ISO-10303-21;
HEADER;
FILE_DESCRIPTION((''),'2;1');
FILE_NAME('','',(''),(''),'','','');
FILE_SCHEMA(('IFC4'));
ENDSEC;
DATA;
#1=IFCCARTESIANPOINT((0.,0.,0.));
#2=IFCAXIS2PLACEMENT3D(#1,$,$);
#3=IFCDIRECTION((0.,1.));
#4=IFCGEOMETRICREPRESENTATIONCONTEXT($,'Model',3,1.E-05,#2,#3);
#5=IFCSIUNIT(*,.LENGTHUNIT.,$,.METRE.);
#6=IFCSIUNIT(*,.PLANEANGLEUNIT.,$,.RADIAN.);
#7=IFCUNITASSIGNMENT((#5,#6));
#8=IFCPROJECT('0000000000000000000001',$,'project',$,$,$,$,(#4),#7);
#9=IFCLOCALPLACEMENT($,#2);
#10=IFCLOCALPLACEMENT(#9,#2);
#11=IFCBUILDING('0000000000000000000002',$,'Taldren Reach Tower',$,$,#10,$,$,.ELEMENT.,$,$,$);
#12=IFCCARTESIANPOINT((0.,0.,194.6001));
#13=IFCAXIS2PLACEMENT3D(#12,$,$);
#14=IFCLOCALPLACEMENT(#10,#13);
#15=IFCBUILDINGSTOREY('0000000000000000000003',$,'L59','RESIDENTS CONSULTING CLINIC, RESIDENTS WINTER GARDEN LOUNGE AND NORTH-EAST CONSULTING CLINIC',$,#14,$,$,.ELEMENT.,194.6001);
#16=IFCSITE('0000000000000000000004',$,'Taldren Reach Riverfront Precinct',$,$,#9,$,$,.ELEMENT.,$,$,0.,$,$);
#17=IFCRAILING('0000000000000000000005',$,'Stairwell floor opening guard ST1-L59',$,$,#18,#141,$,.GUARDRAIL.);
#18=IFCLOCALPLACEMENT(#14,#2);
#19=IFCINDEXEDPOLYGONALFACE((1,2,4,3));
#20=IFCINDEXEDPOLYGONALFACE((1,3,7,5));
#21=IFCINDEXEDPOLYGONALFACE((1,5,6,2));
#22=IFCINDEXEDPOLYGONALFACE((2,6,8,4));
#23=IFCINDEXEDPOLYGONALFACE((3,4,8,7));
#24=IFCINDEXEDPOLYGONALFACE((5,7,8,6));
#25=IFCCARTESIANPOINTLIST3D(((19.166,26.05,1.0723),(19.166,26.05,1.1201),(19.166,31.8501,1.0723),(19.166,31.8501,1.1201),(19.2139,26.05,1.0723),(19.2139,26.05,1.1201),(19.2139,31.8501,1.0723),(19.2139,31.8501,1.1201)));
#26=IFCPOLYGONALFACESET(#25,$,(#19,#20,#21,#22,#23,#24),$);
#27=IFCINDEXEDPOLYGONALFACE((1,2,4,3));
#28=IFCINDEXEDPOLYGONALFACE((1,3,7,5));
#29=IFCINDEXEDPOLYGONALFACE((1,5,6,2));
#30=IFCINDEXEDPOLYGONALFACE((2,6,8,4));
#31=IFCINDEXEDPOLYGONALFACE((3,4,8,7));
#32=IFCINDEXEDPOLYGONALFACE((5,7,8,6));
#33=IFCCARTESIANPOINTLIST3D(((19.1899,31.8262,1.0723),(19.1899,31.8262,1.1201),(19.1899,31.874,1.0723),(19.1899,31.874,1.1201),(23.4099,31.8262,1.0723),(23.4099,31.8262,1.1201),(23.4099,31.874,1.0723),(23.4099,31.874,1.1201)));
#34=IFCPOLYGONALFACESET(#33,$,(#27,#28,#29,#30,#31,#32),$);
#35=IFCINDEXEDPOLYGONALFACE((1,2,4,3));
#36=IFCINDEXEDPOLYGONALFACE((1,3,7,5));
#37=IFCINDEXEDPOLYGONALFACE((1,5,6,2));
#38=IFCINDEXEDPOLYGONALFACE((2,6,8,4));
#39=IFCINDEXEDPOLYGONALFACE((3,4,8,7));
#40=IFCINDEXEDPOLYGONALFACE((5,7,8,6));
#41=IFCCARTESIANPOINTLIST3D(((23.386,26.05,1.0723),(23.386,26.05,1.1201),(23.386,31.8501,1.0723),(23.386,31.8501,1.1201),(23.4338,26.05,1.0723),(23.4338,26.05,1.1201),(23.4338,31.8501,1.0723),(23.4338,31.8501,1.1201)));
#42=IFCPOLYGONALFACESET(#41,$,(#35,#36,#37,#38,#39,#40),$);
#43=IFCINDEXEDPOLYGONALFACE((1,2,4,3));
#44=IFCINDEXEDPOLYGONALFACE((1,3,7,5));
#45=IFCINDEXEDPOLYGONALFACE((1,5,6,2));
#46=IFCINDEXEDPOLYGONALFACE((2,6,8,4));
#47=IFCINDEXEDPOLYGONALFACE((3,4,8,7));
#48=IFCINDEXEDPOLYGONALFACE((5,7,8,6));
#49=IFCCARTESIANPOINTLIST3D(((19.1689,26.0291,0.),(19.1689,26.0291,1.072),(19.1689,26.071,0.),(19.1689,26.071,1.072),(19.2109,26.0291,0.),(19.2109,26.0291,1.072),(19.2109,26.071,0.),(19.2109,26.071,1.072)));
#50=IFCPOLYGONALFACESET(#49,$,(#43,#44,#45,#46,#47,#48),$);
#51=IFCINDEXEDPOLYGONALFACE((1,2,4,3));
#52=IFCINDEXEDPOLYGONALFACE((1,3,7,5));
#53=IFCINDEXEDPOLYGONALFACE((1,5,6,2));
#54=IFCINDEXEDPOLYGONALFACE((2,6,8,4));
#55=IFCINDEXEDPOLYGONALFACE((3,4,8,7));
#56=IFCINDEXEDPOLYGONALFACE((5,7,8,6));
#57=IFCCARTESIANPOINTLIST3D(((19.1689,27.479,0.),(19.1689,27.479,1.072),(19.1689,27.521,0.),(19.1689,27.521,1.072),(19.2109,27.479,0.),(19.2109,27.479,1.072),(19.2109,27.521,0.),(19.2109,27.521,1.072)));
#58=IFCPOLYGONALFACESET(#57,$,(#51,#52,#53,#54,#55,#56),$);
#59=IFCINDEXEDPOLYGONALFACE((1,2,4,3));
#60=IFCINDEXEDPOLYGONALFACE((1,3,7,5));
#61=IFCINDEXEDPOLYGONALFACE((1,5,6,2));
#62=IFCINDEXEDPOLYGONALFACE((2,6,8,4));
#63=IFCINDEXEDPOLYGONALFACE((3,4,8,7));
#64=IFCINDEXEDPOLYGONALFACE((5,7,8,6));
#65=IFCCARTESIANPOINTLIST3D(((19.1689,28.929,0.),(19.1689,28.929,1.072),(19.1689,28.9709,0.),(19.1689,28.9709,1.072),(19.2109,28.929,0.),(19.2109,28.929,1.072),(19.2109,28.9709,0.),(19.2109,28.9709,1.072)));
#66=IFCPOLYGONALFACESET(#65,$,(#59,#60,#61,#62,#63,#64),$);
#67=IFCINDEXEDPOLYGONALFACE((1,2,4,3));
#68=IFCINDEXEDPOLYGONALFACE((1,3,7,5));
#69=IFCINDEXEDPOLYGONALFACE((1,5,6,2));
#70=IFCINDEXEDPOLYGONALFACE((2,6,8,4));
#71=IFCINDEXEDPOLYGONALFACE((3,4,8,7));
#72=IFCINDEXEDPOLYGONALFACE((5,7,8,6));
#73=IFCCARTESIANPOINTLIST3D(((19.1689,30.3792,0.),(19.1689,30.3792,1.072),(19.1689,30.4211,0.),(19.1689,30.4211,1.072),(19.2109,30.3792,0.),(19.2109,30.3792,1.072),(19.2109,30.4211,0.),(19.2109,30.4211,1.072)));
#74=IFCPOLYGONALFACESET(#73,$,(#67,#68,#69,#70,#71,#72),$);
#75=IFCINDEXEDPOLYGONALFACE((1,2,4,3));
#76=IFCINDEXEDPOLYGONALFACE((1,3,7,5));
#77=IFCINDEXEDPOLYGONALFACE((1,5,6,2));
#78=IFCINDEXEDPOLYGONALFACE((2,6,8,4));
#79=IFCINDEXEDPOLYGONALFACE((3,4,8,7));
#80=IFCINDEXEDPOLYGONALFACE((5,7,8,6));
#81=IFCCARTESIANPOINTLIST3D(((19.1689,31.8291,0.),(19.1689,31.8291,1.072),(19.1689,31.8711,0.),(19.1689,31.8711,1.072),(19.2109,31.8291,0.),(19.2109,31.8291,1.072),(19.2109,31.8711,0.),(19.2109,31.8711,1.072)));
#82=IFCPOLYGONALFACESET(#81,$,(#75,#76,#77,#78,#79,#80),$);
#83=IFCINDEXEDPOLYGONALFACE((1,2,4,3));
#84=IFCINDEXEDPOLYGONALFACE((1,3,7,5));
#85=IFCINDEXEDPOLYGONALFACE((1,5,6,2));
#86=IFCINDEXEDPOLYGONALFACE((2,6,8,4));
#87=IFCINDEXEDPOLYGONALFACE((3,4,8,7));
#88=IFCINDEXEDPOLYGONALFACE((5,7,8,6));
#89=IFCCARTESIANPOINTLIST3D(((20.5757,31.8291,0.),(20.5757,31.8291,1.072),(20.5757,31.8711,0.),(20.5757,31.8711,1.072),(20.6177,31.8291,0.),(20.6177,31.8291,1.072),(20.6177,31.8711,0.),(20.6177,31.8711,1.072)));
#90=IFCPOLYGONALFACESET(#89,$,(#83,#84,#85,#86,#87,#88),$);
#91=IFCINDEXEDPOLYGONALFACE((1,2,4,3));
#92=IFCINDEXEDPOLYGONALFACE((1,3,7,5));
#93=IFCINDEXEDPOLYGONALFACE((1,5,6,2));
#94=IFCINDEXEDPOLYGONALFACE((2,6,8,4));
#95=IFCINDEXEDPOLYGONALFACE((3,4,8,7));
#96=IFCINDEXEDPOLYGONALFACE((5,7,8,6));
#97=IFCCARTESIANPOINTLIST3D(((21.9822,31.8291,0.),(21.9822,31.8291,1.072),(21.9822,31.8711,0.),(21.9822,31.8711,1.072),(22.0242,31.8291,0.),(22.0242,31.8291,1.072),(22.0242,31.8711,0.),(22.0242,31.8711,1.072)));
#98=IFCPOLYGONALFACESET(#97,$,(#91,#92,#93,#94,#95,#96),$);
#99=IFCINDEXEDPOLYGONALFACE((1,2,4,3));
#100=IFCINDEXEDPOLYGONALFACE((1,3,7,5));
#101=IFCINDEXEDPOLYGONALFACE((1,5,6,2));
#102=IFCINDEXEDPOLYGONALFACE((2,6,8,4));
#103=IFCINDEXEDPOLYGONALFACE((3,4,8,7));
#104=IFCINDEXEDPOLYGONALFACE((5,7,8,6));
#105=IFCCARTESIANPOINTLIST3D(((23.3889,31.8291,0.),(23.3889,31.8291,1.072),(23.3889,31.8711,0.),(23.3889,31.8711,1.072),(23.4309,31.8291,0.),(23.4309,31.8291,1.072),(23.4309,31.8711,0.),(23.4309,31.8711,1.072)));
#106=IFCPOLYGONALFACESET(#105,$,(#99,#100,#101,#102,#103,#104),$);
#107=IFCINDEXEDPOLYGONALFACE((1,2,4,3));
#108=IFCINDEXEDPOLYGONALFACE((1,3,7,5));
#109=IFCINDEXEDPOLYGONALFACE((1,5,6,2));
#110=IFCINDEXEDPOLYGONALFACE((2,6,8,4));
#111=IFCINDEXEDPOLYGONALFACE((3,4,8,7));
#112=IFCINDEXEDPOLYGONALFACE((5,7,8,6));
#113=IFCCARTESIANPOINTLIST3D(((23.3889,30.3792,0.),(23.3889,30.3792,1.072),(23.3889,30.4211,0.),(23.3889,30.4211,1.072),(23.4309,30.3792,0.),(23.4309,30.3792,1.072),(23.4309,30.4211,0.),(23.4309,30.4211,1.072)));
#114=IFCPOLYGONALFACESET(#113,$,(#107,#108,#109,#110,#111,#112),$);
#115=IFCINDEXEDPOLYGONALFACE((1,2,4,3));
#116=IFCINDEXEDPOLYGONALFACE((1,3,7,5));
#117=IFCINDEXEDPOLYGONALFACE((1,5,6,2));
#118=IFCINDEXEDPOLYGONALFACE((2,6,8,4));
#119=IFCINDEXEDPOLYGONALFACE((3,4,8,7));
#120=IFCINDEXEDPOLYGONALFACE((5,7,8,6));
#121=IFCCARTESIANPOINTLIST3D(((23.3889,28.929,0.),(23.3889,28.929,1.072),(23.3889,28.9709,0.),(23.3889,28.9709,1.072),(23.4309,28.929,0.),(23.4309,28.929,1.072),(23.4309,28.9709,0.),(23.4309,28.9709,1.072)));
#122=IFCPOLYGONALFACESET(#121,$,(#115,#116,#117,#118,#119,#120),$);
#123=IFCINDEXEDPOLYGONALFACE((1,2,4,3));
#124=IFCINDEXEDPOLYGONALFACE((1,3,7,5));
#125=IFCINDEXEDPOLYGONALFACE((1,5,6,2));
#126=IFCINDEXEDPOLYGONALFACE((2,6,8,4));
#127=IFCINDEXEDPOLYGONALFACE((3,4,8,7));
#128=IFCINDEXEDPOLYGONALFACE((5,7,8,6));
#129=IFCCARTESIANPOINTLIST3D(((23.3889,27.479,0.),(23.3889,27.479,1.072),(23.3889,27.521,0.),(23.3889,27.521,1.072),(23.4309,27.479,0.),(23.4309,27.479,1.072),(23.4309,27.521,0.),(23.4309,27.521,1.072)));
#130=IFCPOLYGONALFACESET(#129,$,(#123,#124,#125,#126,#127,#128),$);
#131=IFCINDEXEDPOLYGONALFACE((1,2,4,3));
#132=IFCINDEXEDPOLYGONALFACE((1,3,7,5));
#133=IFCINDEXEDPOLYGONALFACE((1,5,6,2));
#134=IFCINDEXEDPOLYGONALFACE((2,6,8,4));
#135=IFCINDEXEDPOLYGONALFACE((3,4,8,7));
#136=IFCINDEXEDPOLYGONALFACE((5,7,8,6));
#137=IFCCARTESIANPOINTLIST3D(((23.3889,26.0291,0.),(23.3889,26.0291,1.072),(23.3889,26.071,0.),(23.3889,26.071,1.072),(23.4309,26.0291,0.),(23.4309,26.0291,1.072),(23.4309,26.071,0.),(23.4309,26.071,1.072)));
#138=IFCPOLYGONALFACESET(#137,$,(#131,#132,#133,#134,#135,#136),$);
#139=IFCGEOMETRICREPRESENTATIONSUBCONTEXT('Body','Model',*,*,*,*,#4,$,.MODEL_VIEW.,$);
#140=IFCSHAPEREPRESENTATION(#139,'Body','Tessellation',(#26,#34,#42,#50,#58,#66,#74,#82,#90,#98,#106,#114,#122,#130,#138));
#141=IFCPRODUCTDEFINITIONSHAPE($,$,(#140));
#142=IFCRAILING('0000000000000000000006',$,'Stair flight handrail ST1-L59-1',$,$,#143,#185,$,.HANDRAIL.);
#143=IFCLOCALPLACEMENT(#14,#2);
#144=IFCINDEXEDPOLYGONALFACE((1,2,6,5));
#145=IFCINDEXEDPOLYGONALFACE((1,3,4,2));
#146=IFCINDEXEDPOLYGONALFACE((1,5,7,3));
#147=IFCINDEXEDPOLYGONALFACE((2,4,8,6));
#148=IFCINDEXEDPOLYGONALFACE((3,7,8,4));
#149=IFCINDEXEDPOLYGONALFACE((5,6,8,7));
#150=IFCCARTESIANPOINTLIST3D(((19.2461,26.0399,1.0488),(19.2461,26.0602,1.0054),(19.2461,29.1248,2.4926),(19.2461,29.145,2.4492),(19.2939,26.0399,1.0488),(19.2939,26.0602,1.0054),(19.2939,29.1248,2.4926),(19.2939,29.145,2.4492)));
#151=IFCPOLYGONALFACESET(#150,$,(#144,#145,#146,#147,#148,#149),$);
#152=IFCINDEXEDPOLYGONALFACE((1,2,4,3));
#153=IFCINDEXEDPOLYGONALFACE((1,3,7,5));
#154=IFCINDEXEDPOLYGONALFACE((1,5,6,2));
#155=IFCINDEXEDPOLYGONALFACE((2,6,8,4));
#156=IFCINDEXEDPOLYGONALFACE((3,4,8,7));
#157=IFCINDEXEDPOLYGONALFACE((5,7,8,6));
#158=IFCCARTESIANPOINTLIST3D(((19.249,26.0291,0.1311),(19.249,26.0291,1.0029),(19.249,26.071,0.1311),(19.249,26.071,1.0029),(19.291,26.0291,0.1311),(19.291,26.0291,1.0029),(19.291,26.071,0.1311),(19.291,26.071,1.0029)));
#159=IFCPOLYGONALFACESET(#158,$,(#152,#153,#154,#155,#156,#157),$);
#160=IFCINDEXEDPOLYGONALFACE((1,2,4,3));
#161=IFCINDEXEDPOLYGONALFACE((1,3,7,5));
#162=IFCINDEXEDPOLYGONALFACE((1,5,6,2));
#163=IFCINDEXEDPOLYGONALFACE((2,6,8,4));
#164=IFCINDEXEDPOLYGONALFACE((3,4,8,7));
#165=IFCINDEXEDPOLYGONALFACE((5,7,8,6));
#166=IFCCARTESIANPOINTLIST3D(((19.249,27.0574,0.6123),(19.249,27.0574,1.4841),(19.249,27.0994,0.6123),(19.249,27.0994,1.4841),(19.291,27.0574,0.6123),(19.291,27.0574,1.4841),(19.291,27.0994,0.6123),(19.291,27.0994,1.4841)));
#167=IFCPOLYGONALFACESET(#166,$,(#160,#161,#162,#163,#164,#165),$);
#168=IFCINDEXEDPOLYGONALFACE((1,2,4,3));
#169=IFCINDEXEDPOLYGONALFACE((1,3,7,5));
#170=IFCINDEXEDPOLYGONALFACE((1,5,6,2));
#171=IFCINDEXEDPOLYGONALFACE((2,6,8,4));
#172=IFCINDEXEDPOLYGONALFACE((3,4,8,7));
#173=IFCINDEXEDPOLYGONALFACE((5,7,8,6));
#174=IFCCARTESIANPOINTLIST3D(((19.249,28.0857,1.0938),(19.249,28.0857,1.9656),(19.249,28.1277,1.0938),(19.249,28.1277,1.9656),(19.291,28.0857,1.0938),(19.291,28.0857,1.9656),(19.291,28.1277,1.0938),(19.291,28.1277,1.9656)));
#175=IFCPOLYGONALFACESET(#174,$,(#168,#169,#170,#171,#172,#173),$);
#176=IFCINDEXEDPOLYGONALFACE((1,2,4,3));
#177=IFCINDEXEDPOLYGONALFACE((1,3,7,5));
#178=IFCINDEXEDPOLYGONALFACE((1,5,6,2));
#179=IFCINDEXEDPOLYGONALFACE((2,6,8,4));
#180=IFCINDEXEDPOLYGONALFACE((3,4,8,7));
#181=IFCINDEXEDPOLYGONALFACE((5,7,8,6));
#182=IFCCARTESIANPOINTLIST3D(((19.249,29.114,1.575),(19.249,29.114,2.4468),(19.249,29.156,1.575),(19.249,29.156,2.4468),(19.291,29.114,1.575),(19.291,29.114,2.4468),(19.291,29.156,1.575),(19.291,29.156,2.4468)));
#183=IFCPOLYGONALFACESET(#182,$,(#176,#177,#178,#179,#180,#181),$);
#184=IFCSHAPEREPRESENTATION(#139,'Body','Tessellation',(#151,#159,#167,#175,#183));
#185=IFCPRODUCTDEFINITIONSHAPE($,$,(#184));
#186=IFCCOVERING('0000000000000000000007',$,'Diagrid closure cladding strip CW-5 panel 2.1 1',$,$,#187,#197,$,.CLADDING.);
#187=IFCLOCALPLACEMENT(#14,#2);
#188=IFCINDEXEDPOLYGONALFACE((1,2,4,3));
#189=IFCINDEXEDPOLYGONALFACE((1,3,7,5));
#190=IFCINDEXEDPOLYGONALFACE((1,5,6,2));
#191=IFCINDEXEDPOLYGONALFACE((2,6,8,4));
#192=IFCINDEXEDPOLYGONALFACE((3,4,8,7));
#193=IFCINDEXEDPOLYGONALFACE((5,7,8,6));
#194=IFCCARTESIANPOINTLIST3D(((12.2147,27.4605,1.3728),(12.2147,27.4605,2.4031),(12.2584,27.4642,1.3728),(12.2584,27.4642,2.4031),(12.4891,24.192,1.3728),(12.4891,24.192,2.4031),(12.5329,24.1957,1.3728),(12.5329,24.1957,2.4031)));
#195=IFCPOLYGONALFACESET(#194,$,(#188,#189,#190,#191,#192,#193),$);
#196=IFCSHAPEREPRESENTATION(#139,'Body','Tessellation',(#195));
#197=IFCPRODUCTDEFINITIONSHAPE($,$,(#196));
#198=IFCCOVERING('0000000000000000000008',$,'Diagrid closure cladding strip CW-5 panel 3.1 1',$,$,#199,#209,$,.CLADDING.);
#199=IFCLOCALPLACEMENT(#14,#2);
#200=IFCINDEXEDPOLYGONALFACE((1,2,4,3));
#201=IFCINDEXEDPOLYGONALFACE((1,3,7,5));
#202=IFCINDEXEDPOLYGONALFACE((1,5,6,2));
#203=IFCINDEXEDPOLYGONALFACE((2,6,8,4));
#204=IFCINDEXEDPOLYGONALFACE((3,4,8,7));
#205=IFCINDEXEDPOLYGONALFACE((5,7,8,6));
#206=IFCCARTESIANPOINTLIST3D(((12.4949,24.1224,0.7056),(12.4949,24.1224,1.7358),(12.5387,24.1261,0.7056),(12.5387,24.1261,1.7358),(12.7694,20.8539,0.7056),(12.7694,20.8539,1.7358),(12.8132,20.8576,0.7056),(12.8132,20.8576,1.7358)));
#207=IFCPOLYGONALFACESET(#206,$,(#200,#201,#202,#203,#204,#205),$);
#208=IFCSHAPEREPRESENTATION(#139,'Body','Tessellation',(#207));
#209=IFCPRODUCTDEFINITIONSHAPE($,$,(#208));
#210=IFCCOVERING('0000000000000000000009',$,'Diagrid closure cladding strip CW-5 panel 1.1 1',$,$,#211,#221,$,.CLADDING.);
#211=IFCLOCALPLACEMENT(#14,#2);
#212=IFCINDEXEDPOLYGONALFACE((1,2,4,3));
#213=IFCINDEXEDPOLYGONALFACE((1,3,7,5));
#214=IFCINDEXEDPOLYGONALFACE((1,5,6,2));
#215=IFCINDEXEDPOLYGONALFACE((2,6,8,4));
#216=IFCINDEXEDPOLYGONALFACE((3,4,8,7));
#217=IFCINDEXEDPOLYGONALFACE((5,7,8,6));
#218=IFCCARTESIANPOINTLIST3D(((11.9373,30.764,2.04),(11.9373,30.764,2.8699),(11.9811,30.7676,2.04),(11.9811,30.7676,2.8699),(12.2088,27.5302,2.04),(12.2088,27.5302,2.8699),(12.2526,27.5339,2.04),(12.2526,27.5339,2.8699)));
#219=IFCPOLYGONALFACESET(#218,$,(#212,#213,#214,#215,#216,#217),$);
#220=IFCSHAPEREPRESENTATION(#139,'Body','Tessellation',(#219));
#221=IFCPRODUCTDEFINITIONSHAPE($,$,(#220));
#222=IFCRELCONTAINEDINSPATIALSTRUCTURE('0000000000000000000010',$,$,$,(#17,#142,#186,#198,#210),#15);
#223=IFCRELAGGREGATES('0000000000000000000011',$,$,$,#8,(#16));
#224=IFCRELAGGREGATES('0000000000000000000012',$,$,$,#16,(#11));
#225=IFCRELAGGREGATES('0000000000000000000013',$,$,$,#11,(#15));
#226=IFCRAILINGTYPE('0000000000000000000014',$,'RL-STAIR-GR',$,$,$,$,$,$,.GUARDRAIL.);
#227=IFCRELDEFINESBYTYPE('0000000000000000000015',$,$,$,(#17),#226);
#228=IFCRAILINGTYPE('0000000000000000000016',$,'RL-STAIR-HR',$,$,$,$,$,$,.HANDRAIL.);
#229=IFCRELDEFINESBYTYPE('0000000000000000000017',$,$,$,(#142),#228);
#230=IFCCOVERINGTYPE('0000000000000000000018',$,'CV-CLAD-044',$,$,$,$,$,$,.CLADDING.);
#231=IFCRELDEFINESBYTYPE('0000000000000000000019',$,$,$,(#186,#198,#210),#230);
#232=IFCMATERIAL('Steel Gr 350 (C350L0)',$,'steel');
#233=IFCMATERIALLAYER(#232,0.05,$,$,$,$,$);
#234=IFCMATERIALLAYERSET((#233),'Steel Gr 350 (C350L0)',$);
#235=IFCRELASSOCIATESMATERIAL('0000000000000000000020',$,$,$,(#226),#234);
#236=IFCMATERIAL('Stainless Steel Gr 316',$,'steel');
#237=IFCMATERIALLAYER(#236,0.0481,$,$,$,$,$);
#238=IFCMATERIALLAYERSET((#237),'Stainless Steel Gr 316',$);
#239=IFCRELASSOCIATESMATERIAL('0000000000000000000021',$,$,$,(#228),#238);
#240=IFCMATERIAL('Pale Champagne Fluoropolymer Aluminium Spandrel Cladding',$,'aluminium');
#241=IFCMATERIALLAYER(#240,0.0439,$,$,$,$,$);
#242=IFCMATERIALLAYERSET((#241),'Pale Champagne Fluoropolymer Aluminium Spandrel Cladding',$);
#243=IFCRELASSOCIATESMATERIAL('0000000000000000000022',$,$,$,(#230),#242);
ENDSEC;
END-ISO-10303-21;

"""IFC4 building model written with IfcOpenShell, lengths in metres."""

from ifc_helpers import new_model, si_unit, direction, frame, origin, origin_2d, place, context, subcontext, project, spatial, rectangle, extrude, source, transform, mapped, material, layer, layer_set, type_object, element, save


model = new_model("IFC4")

# Units and contexts
model_context = context("Model", 3, precision=1e-05, world=origin(), true_north=direction((0.0, 1.0)))
body_context = subcontext(model_context, "Body", "Model", "MODEL_VIEW")
ifc_project = project(units=[si_unit("LENGTHUNIT", "METRE"), si_unit("PLANEANGLEUNIT", "RADIAN")], contexts=[model_context])

# Site, building, storey
site_placement = place(None, origin())
site = spatial("IfcSite", under=ifc_project, at=site_placement, Name="Taldren Reach Riverfront Precinct", CompositionType="ELEMENT", RefElevation=0.0)
building_placement = place(site_placement, origin())
building = spatial("IfcBuilding", under=site, at=building_placement, Name="Taldren Reach Tower", CompositionType="ELEMENT")
storey_placement = place(building_placement, frame((0.0, 0.0, 194.6001)))
storey = spatial("IfcBuildingStorey", under=building, at=storey_placement, Name="L59", Description="RESIDENTS CONSULTING CLINIC, RESIDENTS WINTER GARDEN LOUNGE AND NORTH-EAST CONSULTING CLINIC", CompositionType="ELEMENT", Elevation=194.6001)

# Shared definitions
ifc_material_1 = material(Name="Steel Gr 350 (C350L0)", Category="steel")

# Railings
ifc_layer_1 = layer(ifc_material_1, 0.05)
ifc_layer_set_1 = layer_set([ifc_layer_1], Name="Steel Gr 350 (C350L0)")
railing_type_1 = type_object("IfcRailingType", Name="RL-STAIR-GR", PredefinedType="GUARDRAIL", material=ifc_layer_set_1)
railing_1_placement = place(storey_placement, frame((19.1899, 26.05, 0.0)))
element("IfcRailing", 1, at=railing_1_placement, inside=storey, type_object=railing_type_1, Name="Stairwell floor opening guard ST1-L59", PredefinedType="GUARDRAIL", context=body_context, shape_type="SweptSolid", body=[
    extrude(rectangle(XDim=0.0479, YDim=0.0479, at=origin_2d()), frame((0.0, 0.0, 1.0962), z_axis=(0.0, 1.0, 0.0), x_axis=(-1.0, 0.0, 0.0)), (0.0, 0.0, 1.0), 5.8),
    extrude(rectangle(XDim=0.0479, YDim=0.0479, at=origin_2d()), frame((0.0, 5.8, 1.0962), z_axis=(1.0, 0.0, 0.0), x_axis=(0.0, 1.0, 0.0)), (0.0, 0.0, 1.0), 4.22),
    extrude(rectangle(XDim=0.0479, YDim=0.0479, at=origin_2d()), frame((4.22, 5.8, 1.0962), z_axis=(0.0, -1.0, 0.0), x_axis=(1.0, 0.0, 0.0)), (0.0, 0.0, 1.0), 5.8),
    extrude(rectangle(XDim=0.042, YDim=0.042, at=origin_2d()), origin(), (0.0, 0.0, 1.0), 1.072),
    extrude(rectangle(XDim=0.042, YDim=0.042, at=origin_2d()), frame((0.0, 1.45, 0.0)), (0.0, 0.0, 1.0), 1.072),
    extrude(rectangle(XDim=0.042, YDim=0.042, at=origin_2d()), frame((0.0, 2.8999, 0.0)), (0.0, 0.0, 1.0), 1.072),
    extrude(rectangle(XDim=0.042, YDim=0.042, at=origin_2d()), frame((0.0, 4.3501, 0.0)), (0.0, 0.0, 1.0), 1.072),
    extrude(rectangle(XDim=0.042, YDim=0.042, at=origin_2d()), frame((0.0, 5.8, 0.0)), (0.0, 0.0, 1.0), 1.072),
    extrude(rectangle(XDim=0.042, YDim=0.042, at=origin_2d()), frame((1.4067, 5.8, 0.0)), (0.0, 0.0, 1.0), 1.072),
    extrude(rectangle(XDim=0.042, YDim=0.042, at=origin_2d()), frame((2.8132, 5.8, 0.0)), (0.0, 0.0, 1.0), 1.072),
    extrude(rectangle(XDim=0.042, YDim=0.042, at=origin_2d()), frame((4.22, 5.8, 0.0)), (0.0, 0.0, 1.0), 1.072),
    extrude(rectangle(XDim=0.042, YDim=0.042, at=origin_2d()), frame((4.22, 4.3501, 0.0)), (0.0, 0.0, 1.0), 1.072),
    extrude(rectangle(XDim=0.042, YDim=0.042, at=origin_2d()), frame((4.22, 2.8999, 0.0)), (0.0, 0.0, 1.0), 1.072),
    extrude(rectangle(XDim=0.042, YDim=0.042, at=origin_2d()), frame((4.22, 1.45, 0.0)), (0.0, 0.0, 1.0), 1.072),
    extrude(rectangle(XDim=0.042, YDim=0.042, at=origin_2d()), frame((4.22, 0.0, 0.0)), (0.0, 0.0, 1.0), 1.072),
])
ifc_material_2 = material(Name="Stainless Steel Gr 316", Category="steel")
ifc_layer_2 = layer(ifc_material_2, 0.0481)
ifc_layer_set_2 = layer_set([ifc_layer_2], Name="Stainless Steel Gr 316")
railing_type_2 = type_object("IfcRailingType", Name="RL-STAIR-HR", PredefinedType="HANDRAIL", material=ifc_layer_set_2)
railing_2_placement = place(storey_placement, frame((19.27, 26.05, 0.1311)))
element("IfcRailing", 2, at=railing_2_placement, inside=storey, type_object=railing_type_2, Name="Stair flight handrail ST1-L59-1", PredefinedType="HANDRAIL", context=body_context, shape_type="SweptSolid", body=[
    extrude(rectangle(XDim=0.0479, YDim=0.0479, at=origin_2d()), frame((0.0, 0.0, 0.896), z_axis=(0.0, 0.90571, 0.423898), x_axis=(-1.0, 0.0, 0.0)), (0.0, 0.0, 1.0), 3.406),
    extrude(rectangle(XDim=0.042, YDim=0.042, at=origin_2d()), origin(), (0.0, 0.0, 1.0), 0.8718),
    extrude(rectangle(XDim=0.042, YDim=0.042, at=origin_2d()), frame((0.0, 1.0283, 0.4812)), (0.0, 0.0, 1.0), 0.8718),
    extrude(rectangle(XDim=0.042, YDim=0.042, at=origin_2d()), frame((0.0, 2.0566, 0.9626)), (0.0, 0.0, 1.0), 0.8718),
    extrude(rectangle(XDim=0.042, YDim=0.042, at=origin_2d()), frame((0.0, 3.085, 1.4438)), (0.0, 0.0, 1.0), 0.8718),
])

# Coverings
ifc_material_3 = material(Name="Pale Champagne Fluoropolymer Aluminium Spandrel Cladding", Category="aluminium")
ifc_layer_3 = layer(ifc_material_3, 0.0439)
ifc_layer_set_3 = layer_set([ifc_layer_3], Name="Pale Champagne Fluoropolymer Aluminium Spandrel Cladding")
covering_type = type_object("IfcCoveringType", Name="CV-CLAD-044", PredefinedType="CLADDING", material=ifc_layer_set_3)
shared_shape_1 = source(origin(), body_context, "Body", "SweptSolid", [
    extrude(rectangle(XDim=3.28, YDim=0.0439, at=origin_2d()), origin(), (0.0, 0.0, 1.0), 1.0303),
])
for number, where, z_axis, x_axis, name in (
    (3, (12.3738, 25.8281, 1.3728), (0.0, 0.0, 1.0), (0.083678, -0.996493, 0.0), "Diagrid closure cladding strip CW-5 panel 2.1 1"),
    (4, (12.6541, 22.49, 0.7056), (0.0, 0.0, 1.0), (0.083678, -0.996493, 0.0), "Diagrid closure cladding strip CW-5 panel 3.1 1"),
):
    element("IfcCovering", number, at=place(storey_placement, frame(where, z_axis=z_axis, x_axis=x_axis)), inside=storey, type_object=covering_type, Name=name, PredefinedType="CLADDING", context=body_context, shape_type="MappedRepresentation", body=[
        mapped(shared_shape_1, transform((0.0, 0.0, 0.0), scale=1.0)),
    ])
shared_shape_2 = source(origin(), body_context, "Body", "SweptSolid", [
    extrude(rectangle(XDim=3.2451, YDim=0.0439, at=origin_2d()), origin(), (0.0, 0.0, 1.0), 0.8298),
])
covering_placement = place(storey_placement, frame((12.095, 29.1489, 2.04), z_axis=(0.0, 0.0, 1.0), x_axis=(0.083678, -0.996493, 0.0)))
element("IfcCovering", 5, at=covering_placement, inside=storey, type_object=covering_type, Name="Diagrid closure cladding strip CW-5 panel 1.1 1", PredefinedType="CLADDING", context=body_context, shape_type="MappedRepresentation", body=[
    mapped(shared_shape_2, transform((0.0, 0.0, 0.0), scale=1.0)),
])

save(model, "model.ifc")
